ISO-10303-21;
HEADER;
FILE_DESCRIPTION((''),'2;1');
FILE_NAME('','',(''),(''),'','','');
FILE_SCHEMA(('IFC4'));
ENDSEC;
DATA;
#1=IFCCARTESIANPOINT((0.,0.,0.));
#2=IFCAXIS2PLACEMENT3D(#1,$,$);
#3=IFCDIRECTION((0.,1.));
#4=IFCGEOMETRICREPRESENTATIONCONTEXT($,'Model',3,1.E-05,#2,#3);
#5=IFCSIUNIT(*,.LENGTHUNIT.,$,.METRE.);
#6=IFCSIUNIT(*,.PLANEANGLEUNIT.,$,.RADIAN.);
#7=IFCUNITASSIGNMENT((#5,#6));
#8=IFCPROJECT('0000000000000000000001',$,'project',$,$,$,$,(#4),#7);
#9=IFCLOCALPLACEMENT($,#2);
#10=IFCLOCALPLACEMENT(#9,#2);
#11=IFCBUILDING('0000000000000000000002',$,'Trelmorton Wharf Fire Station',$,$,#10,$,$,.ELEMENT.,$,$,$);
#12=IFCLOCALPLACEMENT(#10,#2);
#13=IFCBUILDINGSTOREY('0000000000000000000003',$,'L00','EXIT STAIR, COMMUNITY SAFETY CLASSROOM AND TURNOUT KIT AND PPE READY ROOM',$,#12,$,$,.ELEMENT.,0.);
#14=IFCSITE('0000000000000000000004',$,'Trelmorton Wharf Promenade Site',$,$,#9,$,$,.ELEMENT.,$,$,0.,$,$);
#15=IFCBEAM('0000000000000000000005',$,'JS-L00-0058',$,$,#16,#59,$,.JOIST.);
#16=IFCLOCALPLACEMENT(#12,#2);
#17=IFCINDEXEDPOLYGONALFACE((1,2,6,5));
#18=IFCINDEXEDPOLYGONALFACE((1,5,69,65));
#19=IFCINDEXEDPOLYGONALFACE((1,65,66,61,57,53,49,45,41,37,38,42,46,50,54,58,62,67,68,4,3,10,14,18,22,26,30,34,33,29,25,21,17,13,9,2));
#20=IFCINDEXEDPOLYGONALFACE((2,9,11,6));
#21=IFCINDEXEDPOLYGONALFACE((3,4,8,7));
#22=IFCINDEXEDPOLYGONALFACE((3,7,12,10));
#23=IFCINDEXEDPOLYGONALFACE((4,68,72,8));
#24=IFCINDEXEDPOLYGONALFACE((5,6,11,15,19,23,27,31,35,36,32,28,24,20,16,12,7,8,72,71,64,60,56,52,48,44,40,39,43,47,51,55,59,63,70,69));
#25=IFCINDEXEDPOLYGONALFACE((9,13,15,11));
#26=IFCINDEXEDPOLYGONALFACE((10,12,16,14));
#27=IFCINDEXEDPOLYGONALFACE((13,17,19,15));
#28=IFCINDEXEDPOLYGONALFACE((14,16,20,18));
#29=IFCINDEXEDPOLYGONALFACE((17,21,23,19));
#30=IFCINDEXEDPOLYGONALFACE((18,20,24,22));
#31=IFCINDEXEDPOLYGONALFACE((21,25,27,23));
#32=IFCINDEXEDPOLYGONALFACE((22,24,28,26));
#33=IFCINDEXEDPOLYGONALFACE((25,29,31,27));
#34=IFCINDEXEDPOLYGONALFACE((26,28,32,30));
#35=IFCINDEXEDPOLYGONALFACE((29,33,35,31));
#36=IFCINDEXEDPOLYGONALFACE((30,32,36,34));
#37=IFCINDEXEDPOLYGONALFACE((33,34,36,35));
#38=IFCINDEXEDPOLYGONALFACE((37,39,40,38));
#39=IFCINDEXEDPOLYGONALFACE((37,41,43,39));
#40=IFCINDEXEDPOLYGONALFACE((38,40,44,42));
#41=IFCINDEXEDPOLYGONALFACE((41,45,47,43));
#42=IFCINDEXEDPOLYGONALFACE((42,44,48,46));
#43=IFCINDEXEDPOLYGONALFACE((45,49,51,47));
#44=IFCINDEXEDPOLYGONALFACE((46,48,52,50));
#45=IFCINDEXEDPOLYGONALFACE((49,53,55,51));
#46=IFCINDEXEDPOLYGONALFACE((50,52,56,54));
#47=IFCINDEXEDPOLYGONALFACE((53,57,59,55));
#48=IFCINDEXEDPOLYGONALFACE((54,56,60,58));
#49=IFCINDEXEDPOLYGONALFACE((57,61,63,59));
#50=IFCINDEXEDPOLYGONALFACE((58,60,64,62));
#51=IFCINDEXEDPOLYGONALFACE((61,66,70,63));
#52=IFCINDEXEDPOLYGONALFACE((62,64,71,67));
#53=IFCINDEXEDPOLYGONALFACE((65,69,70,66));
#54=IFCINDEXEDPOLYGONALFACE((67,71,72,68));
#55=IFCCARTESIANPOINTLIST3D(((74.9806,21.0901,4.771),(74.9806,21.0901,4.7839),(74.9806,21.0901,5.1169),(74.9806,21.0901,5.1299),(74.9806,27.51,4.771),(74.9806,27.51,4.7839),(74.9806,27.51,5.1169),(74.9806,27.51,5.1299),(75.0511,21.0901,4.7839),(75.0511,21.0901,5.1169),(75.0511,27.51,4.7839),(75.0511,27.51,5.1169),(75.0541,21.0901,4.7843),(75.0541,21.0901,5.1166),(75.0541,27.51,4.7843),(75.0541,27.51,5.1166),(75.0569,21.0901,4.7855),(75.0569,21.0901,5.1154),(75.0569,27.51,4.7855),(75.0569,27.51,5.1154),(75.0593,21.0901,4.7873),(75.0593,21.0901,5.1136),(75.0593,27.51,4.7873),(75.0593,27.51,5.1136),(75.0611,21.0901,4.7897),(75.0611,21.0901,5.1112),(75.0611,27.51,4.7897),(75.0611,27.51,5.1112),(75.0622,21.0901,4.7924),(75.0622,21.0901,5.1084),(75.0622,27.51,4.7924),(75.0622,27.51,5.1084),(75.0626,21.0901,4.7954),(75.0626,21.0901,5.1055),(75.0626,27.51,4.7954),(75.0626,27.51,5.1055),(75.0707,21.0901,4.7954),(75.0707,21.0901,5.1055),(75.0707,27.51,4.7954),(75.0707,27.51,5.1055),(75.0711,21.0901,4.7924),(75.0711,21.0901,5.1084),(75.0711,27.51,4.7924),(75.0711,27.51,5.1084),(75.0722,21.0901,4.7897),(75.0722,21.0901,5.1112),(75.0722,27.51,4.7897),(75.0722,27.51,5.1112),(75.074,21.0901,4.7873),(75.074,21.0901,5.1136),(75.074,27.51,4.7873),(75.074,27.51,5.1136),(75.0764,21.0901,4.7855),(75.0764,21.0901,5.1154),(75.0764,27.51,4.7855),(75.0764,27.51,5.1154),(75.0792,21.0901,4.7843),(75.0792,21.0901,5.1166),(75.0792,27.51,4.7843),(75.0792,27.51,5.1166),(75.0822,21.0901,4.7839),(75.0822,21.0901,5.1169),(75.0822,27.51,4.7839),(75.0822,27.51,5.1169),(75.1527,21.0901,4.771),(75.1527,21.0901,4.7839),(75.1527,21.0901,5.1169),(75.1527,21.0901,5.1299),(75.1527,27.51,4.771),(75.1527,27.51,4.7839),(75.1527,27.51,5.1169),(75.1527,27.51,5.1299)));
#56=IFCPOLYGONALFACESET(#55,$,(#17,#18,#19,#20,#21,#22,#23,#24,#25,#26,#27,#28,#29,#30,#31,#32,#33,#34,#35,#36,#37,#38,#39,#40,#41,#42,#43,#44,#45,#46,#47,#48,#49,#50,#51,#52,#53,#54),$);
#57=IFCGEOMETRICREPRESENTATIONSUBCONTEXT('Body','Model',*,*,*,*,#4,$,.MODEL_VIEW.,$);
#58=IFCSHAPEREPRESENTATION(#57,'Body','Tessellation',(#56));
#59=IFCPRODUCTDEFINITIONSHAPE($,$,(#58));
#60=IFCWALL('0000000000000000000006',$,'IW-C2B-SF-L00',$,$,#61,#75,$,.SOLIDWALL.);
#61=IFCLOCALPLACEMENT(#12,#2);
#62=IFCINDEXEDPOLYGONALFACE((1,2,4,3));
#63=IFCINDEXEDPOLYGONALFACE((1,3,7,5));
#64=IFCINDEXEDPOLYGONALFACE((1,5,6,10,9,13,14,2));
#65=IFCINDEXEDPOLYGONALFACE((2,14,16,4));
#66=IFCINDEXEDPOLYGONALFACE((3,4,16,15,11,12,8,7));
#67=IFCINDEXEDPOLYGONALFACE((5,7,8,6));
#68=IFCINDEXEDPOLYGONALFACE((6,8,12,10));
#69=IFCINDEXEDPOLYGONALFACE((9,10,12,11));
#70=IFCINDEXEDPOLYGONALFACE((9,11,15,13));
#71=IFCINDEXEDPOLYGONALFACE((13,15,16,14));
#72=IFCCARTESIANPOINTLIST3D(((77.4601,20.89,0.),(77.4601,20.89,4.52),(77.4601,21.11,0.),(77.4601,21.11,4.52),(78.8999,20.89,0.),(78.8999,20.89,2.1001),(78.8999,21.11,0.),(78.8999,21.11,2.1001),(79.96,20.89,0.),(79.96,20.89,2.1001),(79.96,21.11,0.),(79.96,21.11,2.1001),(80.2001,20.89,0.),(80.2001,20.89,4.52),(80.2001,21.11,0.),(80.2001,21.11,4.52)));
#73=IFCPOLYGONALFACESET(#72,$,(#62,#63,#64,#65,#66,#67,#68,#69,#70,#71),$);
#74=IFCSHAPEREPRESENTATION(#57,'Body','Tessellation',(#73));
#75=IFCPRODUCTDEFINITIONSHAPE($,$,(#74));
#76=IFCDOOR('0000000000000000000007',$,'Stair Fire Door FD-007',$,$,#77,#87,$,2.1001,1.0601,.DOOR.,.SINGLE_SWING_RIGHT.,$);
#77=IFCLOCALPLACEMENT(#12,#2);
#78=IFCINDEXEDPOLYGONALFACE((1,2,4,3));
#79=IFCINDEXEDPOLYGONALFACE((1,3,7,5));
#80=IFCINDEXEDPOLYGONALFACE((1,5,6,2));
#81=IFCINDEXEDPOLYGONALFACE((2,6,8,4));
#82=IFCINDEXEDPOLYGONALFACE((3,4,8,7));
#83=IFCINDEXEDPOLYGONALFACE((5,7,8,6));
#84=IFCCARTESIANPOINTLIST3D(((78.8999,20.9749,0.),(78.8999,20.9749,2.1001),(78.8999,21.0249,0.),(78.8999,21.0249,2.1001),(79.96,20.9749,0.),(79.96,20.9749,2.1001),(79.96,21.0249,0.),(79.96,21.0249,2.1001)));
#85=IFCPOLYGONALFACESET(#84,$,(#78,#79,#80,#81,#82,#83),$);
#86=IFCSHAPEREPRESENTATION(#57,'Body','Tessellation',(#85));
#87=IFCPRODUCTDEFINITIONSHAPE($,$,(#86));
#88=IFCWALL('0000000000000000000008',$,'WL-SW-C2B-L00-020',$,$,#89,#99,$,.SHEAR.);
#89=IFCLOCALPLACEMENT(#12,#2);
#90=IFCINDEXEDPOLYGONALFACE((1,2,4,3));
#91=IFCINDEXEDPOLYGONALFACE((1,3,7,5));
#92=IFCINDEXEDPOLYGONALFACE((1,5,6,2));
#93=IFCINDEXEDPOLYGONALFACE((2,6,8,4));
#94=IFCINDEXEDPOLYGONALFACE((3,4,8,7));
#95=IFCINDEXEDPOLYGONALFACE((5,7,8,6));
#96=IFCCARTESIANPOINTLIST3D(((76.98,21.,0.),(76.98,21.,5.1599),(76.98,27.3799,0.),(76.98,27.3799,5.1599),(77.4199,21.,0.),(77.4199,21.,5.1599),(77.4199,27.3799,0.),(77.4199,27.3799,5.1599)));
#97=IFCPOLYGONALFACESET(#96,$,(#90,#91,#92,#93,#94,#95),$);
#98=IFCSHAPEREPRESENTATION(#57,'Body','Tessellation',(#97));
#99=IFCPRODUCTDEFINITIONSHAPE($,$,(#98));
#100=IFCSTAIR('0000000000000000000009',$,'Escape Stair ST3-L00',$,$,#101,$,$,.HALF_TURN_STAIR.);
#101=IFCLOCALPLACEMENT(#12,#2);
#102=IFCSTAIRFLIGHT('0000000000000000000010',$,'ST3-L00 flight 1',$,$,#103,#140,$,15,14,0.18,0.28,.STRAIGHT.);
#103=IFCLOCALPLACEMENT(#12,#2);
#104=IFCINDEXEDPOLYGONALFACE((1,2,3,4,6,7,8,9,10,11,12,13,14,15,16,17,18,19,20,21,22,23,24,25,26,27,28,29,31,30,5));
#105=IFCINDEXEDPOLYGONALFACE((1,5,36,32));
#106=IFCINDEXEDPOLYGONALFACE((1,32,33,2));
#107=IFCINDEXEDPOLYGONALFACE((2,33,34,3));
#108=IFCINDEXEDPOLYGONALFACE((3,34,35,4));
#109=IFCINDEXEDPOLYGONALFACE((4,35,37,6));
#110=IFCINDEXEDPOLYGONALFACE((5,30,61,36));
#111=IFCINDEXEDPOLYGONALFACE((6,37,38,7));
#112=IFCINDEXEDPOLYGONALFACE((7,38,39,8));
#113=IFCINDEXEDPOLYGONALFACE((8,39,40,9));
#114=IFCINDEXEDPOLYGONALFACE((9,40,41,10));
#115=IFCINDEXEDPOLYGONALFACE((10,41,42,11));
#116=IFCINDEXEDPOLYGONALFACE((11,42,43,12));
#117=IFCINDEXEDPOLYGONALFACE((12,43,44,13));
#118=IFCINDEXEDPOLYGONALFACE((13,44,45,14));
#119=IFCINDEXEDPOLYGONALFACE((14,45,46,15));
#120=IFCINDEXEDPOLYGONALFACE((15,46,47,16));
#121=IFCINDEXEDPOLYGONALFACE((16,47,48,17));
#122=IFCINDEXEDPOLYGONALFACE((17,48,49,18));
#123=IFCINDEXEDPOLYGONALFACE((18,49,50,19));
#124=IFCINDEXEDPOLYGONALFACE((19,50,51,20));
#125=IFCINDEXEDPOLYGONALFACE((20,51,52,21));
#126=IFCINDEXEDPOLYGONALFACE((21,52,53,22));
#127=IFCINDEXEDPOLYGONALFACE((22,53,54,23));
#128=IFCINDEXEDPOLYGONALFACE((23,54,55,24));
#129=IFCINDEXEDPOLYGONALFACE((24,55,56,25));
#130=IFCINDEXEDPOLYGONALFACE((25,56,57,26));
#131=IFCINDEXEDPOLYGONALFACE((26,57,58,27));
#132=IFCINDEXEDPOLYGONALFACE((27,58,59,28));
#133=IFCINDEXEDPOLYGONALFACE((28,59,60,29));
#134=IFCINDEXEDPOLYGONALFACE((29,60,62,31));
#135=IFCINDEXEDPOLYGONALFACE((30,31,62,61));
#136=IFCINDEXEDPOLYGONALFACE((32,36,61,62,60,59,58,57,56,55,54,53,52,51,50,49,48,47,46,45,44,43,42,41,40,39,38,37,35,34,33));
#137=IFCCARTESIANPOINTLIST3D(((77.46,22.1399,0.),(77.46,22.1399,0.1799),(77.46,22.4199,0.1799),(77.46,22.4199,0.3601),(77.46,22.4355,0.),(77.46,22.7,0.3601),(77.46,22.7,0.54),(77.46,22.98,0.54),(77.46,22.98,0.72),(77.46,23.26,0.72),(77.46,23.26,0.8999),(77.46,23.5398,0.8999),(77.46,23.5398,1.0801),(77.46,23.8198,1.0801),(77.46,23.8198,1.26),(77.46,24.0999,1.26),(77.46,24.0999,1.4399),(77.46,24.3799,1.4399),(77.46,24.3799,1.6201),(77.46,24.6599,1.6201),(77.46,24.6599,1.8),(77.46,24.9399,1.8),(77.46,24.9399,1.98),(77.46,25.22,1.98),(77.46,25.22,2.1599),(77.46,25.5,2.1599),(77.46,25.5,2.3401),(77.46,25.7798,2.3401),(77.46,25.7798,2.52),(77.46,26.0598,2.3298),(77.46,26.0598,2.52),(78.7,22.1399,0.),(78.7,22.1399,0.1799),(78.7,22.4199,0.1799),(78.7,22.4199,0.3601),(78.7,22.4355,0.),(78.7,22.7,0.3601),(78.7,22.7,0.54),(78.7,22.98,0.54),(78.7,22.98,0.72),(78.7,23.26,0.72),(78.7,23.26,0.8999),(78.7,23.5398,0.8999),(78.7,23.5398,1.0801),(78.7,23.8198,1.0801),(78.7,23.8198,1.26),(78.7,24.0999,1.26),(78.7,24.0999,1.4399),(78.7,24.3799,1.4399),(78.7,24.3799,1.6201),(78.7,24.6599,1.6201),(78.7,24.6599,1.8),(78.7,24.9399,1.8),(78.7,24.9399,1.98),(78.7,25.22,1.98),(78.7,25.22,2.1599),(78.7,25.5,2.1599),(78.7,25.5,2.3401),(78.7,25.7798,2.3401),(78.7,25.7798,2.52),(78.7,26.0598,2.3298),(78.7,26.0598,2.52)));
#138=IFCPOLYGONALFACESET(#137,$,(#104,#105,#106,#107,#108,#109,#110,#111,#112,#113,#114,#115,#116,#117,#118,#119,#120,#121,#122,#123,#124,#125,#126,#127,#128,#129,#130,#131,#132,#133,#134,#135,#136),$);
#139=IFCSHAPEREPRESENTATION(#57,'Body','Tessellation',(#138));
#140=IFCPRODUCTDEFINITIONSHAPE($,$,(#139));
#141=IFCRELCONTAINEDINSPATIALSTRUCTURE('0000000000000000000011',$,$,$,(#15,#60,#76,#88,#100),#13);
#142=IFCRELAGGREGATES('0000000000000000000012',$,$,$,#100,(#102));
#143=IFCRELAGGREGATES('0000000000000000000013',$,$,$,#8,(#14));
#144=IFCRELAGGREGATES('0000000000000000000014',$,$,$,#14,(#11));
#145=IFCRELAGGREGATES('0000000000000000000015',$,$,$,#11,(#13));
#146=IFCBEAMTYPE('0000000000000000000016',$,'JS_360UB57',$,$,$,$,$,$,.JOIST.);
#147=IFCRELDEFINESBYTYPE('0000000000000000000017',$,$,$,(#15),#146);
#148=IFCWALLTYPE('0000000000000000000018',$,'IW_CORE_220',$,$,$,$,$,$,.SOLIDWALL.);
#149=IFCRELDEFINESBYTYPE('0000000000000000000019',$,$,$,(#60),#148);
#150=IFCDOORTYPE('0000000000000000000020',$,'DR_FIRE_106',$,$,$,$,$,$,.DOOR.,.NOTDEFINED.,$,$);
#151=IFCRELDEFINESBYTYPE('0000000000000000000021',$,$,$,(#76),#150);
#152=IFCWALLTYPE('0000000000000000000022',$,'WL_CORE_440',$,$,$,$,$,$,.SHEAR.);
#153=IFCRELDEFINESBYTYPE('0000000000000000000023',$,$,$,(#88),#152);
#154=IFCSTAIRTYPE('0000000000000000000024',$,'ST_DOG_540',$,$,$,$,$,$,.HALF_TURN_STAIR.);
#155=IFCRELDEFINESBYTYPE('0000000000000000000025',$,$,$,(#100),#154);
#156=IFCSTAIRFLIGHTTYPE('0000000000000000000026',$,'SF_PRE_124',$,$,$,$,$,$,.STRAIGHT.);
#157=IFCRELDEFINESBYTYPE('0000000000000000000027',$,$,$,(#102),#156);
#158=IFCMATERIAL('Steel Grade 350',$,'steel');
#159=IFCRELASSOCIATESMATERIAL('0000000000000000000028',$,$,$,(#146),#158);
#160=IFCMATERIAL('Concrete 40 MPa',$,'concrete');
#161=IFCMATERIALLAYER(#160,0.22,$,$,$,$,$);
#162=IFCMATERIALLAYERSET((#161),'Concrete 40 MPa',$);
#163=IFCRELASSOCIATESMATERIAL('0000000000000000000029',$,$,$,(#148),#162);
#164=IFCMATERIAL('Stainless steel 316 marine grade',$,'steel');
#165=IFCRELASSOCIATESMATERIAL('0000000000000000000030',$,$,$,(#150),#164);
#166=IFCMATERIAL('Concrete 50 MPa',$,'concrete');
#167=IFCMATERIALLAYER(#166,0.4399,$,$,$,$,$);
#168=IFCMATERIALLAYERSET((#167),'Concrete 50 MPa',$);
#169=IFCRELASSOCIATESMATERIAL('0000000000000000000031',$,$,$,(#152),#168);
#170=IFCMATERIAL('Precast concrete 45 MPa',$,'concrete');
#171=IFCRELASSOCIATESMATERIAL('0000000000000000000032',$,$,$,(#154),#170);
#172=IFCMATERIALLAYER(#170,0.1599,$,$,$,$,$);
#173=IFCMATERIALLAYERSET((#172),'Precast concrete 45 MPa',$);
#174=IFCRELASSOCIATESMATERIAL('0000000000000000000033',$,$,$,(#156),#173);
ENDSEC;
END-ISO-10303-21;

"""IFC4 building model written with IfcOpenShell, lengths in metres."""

from ifc_helpers import new_model, si_unit, direction, frame, frame_2d, origin, origin_2d, place, context, subcontext, project, spatial, polyline, rectangle, i_section, outline, extrude, material, layer, layer_set, material_profile, profile_set, type_object, element, fill, aggregate, save


model = new_model("IFC4")

# Units and contexts
model_context = context("Model", 3, precision=1e-05, world=origin(), true_north=direction((0.0, 1.0)))
body_context = subcontext(model_context, "Body", "Model", "MODEL_VIEW")
ifc_project = project(units=[si_unit("LENGTHUNIT", "METRE"), si_unit("PLANEANGLEUNIT", "RADIAN")], contexts=[model_context])

# Site, building, storey
site_placement = place(None, origin())
site = spatial("IfcSite", under=ifc_project, at=site_placement, Name="Trelmorton Wharf Promenade Site", CompositionType="ELEMENT", RefElevation=0.0)
building_placement = place(site_placement, origin())
building = spatial("IfcBuilding", under=site, at=building_placement, Name="Trelmorton Wharf Fire Station", CompositionType="ELEMENT")
storey_placement = place(building_placement, origin())
storey = spatial("IfcBuildingStorey", under=building, at=storey_placement, Name="L00", Description="EXIT STAIR, COMMUNITY SAFETY CLASSROOM AND TURNOUT KIT AND PPE READY ROOM", CompositionType="ELEMENT", Elevation=0.0)

# Shared definitions
ifc_material_1 = material(Name="Concrete 40 MPa", Category="concrete")

# Shared definitions
ifc_material_2 = material(Name="Steel Grade 350", Category="steel")

# Beam
ifc_material_profile_1 = material_profile(ifc_material_2, i_section(OverallWidth=0.1721, OverallDepth=0.3589, WebThickness=0.0081, FlangeThickness=0.0129, FilletRadius=0.0115, at=origin_2d()), Name="360UB56.7")
ifc_profile_set_1 = profile_set([ifc_material_profile_1], Name="Steel Grade 350")
beam_type_1 = type_object("IfcBeamType", Name="JS_360UB57", PredefinedType="JOIST", material=ifc_profile_set_1)
for number, where, z_axis, x_axis, name in (
    (1, (75.0667, 21.0901, 4.9504), (0.0, 1.0, 0.0), (-1.0, 0.0, 0.0), "JS-L00-0058"),
):
    element("IfcBeam", number, at=place(storey_placement, frame(where, z_axis=z_axis, x_axis=x_axis)), inside=storey, type_object=beam_type_1, Name=name, PredefinedType="JOIST", context=body_context, shape_type="SweptSolid", body=[
        extrude(i_section(OverallWidth=0.1721, OverallDepth=0.3589, WebThickness=0.0081, FlangeThickness=0.0129, FilletRadius=0.0115, at=origin_2d()), origin(), (0.0, 0.0, 1.0), 6.4199),
    ])

# Wall, opening, door
ifc_layer_1 = layer(ifc_material_1, 0.22)
ifc_layer_set_1 = layer_set([ifc_layer_1], Name="Concrete 40 MPa")
wall_type_1 = type_object("IfcWallType", Name="IW_CORE_220", PredefinedType="SOLIDWALL", material=ifc_layer_set_1)
wall_1_placement = place(storey_placement, frame((77.46, 21.0, 0.0), z_axis=(0.0, 0.0, 1.0), x_axis=(1.0, 0.0, 0.0)))
wall_1 = element("IfcWall", 2, at=wall_1_placement, inside=storey, type_object=wall_type_1, Name="IW-C2B-SF-L00", PredefinedType="SOLIDWALL", context=body_context, shape_type="SweptSolid", body=[
    extrude(rectangle(XDim=2.74, YDim=0.22, at=frame_2d((1.3701, 0.0))), origin(), (0.0, 0.0, 1.0), 4.52),
])
opening_placement = place(wall_1_placement, frame((1.4399, 0.0, 0.0)))
opening = element("IfcOpeningElement", 3, at=opening_placement, cuts=wall_1, PredefinedType="OPENING", context=body_context, shape_type="SweptSolid", body=[
    extrude(rectangle(XDim=1.0601, YDim=2.1001, at=frame_2d((0.53, 1.05))), frame((0.0, 0.1201, 0.0), z_axis=(0.0, -1.0, 0.0), x_axis=(1.0, 0.0, 0.0)), (0.0, 0.0, 1.0), 0.24),
])
ifc_material_3 = material(Name="Stainless steel 316 marine grade", Category="steel")
door_type = type_object("IfcDoorType", Name="DR_FIRE_106", OperationType="NOTDEFINED", PredefinedType="DOOR", material=ifc_material_3)
door_placement = place(opening_placement, origin())
door = element("IfcDoor", 4, at=door_placement, inside=storey, type_object=door_type, Name="Stair Fire Door FD-007", OperationType="SINGLE_SWING_RIGHT", OverallHeight=2.1001, OverallWidth=1.0601, PredefinedType="DOOR", context=body_context, shape_type="SweptSolid", body=[
    extrude(rectangle(XDim=1.0601, YDim=2.1001, at=frame_2d((0.53, 1.05))), frame((0.0, 0.0249, 0.0), z_axis=(0.0, -1.0, 0.0), x_axis=(1.0, 0.0, 0.0)), (0.0, 0.0, 1.0), 0.05),
])
fill(opening, door)

# Wall
ifc_material_4 = material(Name="Concrete 50 MPa", Category="concrete")
ifc_layer_2 = layer(ifc_material_4, 0.4399)
ifc_layer_set_2 = layer_set([ifc_layer_2], Name="Concrete 50 MPa")
wall_type_2 = type_object("IfcWallType", Name="WL_CORE_440", PredefinedType="SHEAR", material=ifc_layer_set_2)
wall_2_placement = place(storey_placement, frame((77.2, 21.0, 0.0), z_axis=(0.0, 0.0, 1.0), x_axis=(0.0, 1.0, 0.0)))
element("IfcWall", 5, at=wall_2_placement, inside=storey, type_object=wall_type_2, Name="WL-SW-C2B-L00-020", PredefinedType="SHEAR", context=body_context, shape_type="SweptSolid", body=[
    extrude(rectangle(XDim=6.3799, YDim=0.4399, at=frame_2d((3.1899, 0.0))), origin(), (0.0, 0.0, 1.0), 5.1599),
])

# Stair, stair flight
ifc_material_5 = material(Name="Precast concrete 45 MPa", Category="concrete")
stair_type = type_object("IfcStairType", Name="ST_DOG_540", PredefinedType="HALF_TURN_STAIR", material=ifc_material_5)
stair_placement = place(storey_placement, origin())
stair = element("IfcStair", 6, at=stair_placement, inside=storey, type_object=stair_type, Name="Escape Stair ST3-L00", PredefinedType="HALF_TURN_STAIR")
ifc_layer_3 = layer(ifc_material_5, 0.1599)
ifc_layer_set_3 = layer_set([ifc_layer_3], Name="Precast concrete 45 MPa")
stair_flight_type = type_object("IfcStairFlightType", Name="SF_PRE_124", PredefinedType="STRAIGHT", material=ifc_layer_set_3)
stair_flight_1_placement = place(storey_placement, frame((78.0801, 22.1399, 0.0), z_axis=(0.0, 0.0, 1.0), x_axis=(0.0, 1.0, 0.0)))
stair_flight_1 = element("IfcStairFlight", 7, at=stair_flight_1_placement, type_object=stair_flight_type, Name="ST3-L00 flight 1", NumberOfRisers=15, NumberOfTreads=14, PredefinedType="STRAIGHT", RiserHeight=0.18, TreadLength=0.28, context=body_context, shape_type="SweptSolid", body=[
    extrude(outline(polyline([(0.0, 0.0), (0.0, 0.1799), (0.28, 0.1799), (0.28, 0.3601), (0.5601, 0.3601), (0.5601, 0.54), (0.8401, 0.54), (0.8401, 0.72), (1.1201, 0.72), (1.1201, 0.8999), (1.3999, 0.8999), (1.3999, 1.0801), (1.6799, 1.0801), (1.6799, 1.26), (1.96, 1.26), (1.96, 1.4399), (2.24, 1.4399), (2.24, 1.6201), (2.52, 1.6201), (2.52, 1.8), (2.8, 1.8), (2.8, 1.98), (3.0801, 1.98), (3.0801, 2.1599), (3.3601, 2.1599), (3.3601, 2.3401), (3.6399, 2.3401), (3.6399, 2.52), (3.9199, 2.52), (3.9199, 2.7), (3.9199, 2.3298), (0.2957, 0.0), (0.0, 0.0)])), frame((0.0, 0.6201, 0.0), z_axis=(0.0, -1.0, 0.0), x_axis=(1.0, 0.0, 0.0)), (0.0, 0.0, 1.0), 1.24),
])
aggregate(stair, [stair_flight_1])

save(model, "model.ifc")
